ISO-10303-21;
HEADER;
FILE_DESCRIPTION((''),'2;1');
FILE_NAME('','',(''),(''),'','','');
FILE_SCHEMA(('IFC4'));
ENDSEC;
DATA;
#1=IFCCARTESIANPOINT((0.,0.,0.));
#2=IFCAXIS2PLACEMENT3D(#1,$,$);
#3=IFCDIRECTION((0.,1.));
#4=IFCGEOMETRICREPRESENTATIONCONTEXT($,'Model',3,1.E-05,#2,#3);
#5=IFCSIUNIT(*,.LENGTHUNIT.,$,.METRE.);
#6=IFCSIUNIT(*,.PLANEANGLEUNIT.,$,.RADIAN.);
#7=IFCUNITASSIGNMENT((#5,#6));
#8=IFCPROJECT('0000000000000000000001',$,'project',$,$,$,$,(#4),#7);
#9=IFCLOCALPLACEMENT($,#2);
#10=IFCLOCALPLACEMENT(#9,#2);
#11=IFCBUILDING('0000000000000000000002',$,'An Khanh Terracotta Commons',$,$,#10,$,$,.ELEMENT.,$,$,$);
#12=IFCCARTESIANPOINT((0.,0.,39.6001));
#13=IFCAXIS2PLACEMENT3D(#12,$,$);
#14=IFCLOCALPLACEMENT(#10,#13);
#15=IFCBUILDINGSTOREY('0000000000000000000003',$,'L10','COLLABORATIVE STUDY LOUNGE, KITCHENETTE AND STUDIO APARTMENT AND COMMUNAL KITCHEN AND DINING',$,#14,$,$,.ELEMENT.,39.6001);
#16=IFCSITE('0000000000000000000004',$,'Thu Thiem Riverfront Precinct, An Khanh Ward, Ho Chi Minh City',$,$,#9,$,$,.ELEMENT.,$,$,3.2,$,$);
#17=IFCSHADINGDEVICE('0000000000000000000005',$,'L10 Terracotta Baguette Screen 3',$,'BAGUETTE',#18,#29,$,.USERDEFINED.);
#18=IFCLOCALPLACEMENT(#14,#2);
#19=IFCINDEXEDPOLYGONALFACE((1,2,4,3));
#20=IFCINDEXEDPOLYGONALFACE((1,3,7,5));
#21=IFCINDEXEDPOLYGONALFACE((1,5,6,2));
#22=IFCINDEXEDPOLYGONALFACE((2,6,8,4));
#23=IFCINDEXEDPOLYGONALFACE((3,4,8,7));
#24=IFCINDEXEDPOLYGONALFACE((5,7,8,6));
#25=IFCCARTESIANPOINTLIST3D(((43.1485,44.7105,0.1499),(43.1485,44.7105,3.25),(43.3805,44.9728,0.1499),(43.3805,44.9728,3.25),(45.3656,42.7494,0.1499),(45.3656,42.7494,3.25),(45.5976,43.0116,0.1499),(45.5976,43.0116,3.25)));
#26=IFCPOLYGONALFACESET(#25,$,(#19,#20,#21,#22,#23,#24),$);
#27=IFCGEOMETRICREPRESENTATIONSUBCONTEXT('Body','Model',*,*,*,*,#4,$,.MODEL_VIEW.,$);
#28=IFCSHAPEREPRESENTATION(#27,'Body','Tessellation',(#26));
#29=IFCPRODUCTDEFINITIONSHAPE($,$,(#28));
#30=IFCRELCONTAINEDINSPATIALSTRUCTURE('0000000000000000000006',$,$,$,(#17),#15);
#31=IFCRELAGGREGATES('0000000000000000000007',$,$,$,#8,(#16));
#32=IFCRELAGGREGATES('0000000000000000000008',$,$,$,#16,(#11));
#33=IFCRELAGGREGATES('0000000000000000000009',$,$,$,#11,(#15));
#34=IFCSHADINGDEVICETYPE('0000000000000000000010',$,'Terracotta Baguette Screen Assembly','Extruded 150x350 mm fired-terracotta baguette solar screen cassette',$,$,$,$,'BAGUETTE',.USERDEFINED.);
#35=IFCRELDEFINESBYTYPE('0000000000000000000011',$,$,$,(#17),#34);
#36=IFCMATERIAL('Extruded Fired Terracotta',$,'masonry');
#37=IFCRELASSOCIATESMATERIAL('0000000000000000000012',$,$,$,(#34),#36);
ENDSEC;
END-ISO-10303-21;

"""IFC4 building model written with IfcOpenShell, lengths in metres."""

from ifc_helpers import new_model, si_unit, direction, frame, origin, origin_2d, place, context, subcontext, project, spatial, rectangle, extrude, material, type_object, element, save


model = new_model("IFC4")

# Units and contexts
model_context = context("Model", 3, precision=1e-05, world=origin(), true_north=direction((0.0, 1.0)))
body_context = subcontext(model_context, "Body", "Model", "MODEL_VIEW")
ifc_project = project(units=[si_unit("LENGTHUNIT", "METRE"), si_unit("PLANEANGLEUNIT", "RADIAN")], contexts=[model_context])

# Site, building, storey
site_placement = place(None, origin())
site = spatial("IfcSite", under=ifc_project, at=site_placement, Name="Thu Thiem Riverfront Precinct, An Khanh Ward, Ho Chi Minh City", CompositionType="ELEMENT", RefElevation=3.2)
building_placement = place(site_placement, origin())
building = spatial("IfcBuilding", under=site, at=building_placement, Name="An Khanh Terracotta Commons", CompositionType="ELEMENT")
storey_placement = place(building_placement, frame((0.0, 0.0, 39.6001)))
storey = spatial("IfcBuildingStorey", under=building, at=storey_placement, Name="L10", Description="COLLABORATIVE STUDY LOUNGE, KITCHENETTE AND STUDIO APARTMENT AND COMMUNAL KITCHEN AND DINING", CompositionType="ELEMENT", Elevation=39.6001)

# Shading device
ifc_material_1 = material(Name="Extruded Fired Terracotta", Category="masonry")
shading_device_type = type_object("IfcShadingDeviceType", Name="Terracotta Baguette Screen Assembly", Description="Extruded 150x350 mm fired-terracotta baguette solar screen cassette", ElementType="BAGUETTE", PredefinedType="USERDEFINED", material=ifc_material_1)
shading_device_placement = place(storey_placement, frame((44.373, 43.8611, 0.1499), z_axis=(0.0, 0.0, 1.0), x_axis=(-0.749019, 0.662548, 0.0)))
element("IfcShadingDevice", 1, at=shading_device_placement, inside=storey, type_object=shading_device_type, Name="L10 Terracotta Baguette Screen 3", ObjectType="BAGUETTE", PredefinedType="USERDEFINED", context=body_context, shape_type="SweptSolid", body=[
    extrude(rectangle(XDim=2.96, YDim=0.3501, at=origin_2d()), origin(), (0.0, 0.0, 1.0), 3.1001),
])

save(model, "model.ifc")
